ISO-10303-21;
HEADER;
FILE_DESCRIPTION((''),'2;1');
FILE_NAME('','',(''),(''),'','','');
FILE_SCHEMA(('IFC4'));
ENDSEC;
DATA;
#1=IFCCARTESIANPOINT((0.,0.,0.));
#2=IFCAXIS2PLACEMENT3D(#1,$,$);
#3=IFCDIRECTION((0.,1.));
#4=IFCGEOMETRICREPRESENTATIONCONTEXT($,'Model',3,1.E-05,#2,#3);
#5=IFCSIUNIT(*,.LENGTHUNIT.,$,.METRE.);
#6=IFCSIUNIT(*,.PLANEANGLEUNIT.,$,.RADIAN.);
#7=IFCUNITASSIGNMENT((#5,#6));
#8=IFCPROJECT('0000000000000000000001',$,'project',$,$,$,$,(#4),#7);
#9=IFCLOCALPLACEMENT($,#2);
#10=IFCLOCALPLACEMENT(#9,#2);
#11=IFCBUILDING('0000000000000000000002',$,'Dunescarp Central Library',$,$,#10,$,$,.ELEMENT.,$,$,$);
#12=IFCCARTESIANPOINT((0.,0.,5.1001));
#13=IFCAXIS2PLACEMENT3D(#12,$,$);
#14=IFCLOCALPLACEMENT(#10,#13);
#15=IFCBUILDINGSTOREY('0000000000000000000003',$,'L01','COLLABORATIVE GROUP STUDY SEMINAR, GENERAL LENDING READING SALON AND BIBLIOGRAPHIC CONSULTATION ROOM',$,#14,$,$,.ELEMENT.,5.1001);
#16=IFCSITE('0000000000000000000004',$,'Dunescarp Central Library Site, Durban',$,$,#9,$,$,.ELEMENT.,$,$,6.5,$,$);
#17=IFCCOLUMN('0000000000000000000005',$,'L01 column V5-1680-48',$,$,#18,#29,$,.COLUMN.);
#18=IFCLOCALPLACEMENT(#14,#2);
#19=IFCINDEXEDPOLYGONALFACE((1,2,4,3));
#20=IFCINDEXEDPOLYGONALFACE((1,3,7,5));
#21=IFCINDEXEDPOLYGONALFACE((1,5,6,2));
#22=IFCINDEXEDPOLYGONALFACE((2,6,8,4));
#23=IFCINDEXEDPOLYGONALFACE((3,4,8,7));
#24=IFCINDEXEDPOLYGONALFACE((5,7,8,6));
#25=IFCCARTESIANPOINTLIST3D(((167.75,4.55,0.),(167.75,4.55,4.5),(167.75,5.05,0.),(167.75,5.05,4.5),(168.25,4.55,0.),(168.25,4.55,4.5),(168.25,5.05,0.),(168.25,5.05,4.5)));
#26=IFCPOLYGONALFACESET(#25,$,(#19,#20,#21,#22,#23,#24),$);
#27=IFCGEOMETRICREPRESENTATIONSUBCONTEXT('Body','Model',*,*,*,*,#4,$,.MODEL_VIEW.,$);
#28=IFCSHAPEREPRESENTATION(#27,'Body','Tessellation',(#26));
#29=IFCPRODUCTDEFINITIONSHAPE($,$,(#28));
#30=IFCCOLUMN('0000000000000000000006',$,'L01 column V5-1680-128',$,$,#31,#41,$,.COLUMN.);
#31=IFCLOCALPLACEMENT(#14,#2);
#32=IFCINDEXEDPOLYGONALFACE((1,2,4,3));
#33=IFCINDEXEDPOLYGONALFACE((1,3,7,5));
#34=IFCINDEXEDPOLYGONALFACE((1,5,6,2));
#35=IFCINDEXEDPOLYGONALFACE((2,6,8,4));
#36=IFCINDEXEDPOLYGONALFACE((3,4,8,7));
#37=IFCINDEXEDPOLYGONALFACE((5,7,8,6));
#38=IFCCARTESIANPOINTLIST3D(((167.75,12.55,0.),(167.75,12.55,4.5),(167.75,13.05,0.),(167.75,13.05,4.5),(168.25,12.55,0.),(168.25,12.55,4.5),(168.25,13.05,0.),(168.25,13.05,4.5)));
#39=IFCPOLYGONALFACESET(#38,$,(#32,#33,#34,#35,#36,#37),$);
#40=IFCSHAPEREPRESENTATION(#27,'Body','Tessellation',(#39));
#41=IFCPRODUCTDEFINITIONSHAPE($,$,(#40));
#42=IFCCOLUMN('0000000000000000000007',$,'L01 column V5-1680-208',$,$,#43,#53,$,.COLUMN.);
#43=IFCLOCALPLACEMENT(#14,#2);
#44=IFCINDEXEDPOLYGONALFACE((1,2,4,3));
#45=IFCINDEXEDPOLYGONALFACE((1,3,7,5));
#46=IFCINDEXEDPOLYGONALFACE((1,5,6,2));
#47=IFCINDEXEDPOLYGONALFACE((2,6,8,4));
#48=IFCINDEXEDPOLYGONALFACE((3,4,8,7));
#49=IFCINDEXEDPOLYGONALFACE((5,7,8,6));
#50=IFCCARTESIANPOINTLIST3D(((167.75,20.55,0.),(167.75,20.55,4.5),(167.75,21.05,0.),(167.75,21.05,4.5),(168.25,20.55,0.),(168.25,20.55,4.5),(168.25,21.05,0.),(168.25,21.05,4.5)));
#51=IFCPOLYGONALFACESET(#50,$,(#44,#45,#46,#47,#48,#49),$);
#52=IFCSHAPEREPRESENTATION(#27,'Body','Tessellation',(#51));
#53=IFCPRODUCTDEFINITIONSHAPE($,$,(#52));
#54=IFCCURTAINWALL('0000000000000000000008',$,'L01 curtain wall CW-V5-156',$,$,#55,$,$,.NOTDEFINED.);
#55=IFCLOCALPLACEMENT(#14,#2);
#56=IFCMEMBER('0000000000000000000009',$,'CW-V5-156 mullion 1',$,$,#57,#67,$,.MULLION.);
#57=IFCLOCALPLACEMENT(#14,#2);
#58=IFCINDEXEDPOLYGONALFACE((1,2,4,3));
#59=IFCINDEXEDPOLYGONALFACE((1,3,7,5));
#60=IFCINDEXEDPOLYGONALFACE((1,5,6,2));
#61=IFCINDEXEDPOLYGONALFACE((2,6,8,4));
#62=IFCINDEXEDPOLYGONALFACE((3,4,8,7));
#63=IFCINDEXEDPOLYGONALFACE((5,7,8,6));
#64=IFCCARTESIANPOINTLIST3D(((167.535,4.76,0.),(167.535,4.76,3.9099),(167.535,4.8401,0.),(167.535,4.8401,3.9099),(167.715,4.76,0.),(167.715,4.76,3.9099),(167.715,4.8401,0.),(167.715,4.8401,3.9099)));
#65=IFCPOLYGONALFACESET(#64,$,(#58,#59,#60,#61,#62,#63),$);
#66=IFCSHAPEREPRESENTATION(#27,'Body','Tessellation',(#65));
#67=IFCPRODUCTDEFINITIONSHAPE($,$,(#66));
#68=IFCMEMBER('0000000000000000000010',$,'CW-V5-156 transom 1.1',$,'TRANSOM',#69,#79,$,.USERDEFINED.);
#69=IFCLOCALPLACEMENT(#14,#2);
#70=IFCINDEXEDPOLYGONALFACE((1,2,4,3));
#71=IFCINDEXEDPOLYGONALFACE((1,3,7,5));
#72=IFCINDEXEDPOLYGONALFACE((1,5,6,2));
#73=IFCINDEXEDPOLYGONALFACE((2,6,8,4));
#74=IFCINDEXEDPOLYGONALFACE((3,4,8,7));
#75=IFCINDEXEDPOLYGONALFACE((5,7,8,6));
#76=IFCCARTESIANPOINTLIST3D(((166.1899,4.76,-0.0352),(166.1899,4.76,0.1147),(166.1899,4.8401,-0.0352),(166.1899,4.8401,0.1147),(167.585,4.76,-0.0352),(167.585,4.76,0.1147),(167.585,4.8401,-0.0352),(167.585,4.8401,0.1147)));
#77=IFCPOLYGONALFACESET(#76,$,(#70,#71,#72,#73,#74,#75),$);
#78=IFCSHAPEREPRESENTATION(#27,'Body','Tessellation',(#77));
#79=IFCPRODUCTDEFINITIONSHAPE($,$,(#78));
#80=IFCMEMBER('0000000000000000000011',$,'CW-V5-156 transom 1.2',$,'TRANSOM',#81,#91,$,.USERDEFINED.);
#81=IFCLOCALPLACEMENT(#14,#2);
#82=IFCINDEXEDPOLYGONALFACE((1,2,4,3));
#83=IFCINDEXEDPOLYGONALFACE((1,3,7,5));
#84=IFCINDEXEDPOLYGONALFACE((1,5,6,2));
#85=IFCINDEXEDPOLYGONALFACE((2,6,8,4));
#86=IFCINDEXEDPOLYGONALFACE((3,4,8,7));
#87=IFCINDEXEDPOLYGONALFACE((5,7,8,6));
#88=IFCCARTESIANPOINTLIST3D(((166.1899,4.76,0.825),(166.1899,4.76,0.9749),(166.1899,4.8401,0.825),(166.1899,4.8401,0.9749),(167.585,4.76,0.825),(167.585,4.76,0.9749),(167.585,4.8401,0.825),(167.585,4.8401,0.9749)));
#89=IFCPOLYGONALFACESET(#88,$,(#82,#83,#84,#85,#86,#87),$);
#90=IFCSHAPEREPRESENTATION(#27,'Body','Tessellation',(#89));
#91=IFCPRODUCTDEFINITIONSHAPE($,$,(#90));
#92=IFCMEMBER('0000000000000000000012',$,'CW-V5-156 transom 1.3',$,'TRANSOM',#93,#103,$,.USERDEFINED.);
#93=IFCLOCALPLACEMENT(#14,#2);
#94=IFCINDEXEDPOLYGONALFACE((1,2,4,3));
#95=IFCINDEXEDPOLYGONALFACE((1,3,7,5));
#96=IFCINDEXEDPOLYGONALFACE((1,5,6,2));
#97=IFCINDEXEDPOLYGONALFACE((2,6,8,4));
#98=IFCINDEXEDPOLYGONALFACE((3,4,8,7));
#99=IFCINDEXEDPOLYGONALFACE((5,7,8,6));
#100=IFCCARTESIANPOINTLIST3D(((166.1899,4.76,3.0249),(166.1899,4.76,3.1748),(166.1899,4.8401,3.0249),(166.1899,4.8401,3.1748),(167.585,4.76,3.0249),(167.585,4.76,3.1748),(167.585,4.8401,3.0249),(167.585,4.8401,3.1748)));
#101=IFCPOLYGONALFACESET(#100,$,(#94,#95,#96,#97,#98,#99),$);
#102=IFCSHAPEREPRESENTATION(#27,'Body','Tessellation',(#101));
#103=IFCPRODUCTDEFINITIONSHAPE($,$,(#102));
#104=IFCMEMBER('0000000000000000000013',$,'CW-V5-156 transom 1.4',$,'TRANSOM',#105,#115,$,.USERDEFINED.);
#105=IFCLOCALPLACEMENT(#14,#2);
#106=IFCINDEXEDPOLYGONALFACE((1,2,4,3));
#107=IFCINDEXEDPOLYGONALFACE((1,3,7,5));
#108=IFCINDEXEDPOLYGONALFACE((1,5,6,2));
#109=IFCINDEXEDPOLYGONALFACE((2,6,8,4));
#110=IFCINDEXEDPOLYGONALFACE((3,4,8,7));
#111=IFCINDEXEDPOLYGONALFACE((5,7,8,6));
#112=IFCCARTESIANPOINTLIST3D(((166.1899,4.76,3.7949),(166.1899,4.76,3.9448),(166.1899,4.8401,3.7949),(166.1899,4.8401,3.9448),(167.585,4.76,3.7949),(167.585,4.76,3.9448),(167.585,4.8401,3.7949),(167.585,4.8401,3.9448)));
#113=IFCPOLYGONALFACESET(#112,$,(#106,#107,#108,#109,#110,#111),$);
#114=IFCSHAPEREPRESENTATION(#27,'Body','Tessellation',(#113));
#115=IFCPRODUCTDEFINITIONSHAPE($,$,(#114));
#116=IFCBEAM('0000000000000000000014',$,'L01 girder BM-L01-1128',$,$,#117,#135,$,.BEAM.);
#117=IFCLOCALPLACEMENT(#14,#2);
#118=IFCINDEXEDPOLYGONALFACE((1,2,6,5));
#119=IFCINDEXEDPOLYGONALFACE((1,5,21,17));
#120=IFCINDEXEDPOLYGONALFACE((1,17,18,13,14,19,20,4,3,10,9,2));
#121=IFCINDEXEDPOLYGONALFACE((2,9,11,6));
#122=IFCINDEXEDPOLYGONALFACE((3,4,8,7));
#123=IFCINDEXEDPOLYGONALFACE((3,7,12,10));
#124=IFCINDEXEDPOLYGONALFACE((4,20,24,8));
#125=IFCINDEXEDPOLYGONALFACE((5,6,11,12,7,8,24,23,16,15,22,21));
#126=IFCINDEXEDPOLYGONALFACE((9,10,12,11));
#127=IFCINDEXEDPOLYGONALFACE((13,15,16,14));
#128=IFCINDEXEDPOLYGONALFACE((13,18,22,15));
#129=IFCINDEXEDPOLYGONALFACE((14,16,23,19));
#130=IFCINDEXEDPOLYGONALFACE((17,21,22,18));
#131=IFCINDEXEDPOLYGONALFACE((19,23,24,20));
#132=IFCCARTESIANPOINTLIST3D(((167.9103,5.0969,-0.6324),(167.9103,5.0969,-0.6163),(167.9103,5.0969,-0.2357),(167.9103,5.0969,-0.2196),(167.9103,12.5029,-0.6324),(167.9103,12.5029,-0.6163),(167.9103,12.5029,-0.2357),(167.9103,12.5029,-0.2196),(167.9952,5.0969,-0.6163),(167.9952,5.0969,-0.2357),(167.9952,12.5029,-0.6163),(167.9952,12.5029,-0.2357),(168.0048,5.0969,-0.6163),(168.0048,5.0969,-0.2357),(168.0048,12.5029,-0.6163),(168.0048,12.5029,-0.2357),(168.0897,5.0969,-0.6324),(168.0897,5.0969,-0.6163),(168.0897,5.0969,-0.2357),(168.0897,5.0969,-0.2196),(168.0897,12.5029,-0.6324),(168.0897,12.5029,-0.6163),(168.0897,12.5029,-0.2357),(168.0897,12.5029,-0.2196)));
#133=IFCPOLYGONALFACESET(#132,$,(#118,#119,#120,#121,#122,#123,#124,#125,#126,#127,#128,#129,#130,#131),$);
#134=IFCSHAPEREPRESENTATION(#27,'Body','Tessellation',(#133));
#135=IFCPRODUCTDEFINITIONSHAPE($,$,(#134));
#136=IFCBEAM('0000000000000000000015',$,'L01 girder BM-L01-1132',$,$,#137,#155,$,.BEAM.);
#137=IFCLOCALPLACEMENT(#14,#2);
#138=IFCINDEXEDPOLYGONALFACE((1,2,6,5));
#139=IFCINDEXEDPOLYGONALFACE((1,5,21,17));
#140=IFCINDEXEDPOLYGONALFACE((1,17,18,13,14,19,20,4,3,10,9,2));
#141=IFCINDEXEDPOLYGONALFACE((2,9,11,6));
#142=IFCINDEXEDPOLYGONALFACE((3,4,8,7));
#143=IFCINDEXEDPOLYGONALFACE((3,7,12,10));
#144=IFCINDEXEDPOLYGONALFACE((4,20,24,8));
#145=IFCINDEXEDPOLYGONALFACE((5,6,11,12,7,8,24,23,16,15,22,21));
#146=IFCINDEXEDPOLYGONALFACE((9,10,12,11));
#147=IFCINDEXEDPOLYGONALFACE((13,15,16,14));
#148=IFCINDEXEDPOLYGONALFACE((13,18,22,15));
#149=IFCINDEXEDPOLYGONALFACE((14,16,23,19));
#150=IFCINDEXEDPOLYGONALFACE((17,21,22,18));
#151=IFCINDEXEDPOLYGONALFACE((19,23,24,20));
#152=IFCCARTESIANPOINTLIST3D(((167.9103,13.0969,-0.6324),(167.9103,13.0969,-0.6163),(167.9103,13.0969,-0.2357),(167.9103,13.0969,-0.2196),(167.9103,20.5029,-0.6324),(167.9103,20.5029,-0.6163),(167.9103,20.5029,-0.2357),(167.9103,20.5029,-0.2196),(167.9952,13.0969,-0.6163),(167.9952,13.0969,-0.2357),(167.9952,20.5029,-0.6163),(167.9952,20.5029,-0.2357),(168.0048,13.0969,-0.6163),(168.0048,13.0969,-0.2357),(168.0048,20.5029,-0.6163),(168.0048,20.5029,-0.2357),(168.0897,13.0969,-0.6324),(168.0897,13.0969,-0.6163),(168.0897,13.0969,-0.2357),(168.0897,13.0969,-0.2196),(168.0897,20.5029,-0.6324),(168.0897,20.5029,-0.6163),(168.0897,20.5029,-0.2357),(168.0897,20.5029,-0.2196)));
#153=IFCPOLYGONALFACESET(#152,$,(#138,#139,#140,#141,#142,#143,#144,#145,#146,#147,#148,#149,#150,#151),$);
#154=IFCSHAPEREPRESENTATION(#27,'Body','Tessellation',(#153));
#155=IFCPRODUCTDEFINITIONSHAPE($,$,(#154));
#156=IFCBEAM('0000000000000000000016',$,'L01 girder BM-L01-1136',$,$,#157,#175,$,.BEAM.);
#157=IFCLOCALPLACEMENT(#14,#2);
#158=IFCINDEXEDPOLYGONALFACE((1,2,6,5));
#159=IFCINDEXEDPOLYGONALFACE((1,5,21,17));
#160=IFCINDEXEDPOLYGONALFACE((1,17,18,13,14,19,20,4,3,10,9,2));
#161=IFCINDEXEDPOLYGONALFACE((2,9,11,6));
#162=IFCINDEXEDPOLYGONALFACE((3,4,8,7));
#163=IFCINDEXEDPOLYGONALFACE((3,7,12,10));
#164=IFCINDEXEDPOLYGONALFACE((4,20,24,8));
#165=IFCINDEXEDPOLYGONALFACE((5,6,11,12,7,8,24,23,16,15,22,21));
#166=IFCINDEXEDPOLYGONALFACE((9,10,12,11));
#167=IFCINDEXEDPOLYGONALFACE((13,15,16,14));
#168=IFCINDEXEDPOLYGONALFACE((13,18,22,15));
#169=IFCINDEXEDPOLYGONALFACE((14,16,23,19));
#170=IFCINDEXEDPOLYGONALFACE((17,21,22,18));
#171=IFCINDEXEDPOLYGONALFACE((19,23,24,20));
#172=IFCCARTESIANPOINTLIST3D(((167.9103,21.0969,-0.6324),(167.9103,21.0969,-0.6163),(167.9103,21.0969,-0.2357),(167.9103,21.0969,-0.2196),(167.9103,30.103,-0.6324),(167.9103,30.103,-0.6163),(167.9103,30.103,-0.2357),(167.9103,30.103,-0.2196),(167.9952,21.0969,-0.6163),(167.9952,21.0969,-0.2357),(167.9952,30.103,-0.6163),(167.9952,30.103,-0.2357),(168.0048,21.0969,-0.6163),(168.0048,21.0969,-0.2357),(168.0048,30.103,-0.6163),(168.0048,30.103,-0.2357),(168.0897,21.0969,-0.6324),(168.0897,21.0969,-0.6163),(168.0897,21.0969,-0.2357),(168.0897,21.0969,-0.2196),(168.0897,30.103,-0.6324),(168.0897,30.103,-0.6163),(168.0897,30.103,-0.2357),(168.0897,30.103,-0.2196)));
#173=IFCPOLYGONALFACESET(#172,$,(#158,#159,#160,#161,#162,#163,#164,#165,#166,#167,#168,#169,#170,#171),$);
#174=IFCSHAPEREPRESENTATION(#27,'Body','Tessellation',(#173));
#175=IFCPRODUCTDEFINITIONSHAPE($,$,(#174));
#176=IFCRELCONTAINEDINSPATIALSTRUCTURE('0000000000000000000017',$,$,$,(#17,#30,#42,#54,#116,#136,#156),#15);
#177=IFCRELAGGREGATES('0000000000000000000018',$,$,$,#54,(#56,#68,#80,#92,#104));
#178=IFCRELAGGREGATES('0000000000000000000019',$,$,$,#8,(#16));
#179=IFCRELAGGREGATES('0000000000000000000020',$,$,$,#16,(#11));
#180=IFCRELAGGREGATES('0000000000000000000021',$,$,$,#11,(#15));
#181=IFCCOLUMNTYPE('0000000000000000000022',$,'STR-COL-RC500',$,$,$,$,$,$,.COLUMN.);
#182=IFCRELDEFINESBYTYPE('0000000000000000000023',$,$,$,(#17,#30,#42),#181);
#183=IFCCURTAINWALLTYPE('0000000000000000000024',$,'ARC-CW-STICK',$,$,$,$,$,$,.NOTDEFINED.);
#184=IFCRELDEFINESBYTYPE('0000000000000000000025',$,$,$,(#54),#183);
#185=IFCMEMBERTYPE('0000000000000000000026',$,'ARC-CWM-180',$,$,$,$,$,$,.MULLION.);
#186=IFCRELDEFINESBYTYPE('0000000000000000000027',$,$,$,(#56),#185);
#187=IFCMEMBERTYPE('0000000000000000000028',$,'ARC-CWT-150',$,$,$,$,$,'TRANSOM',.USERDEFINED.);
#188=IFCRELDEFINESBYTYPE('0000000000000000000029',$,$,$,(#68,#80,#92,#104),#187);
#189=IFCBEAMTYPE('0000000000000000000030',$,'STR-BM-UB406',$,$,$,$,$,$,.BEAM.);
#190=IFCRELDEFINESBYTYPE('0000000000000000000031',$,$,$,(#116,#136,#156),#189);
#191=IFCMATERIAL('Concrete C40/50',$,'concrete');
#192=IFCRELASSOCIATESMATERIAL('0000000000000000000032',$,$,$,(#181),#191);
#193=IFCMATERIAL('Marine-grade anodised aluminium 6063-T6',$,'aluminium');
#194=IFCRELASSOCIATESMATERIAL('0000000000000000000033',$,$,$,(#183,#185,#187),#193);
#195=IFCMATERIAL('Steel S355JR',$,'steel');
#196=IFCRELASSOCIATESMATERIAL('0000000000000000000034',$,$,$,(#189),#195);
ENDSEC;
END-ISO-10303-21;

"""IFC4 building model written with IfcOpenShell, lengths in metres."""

from ifc_helpers import new_model, si_unit, direction, frame, origin, origin_2d, place, context, subcontext, project, spatial, rectangle, i_section, extrude, material, material_profile, profile_set, type_object, element, aggregate, save


model = new_model("IFC4")

# Units and contexts
model_context = context("Model", 3, precision=1e-05, world=origin(), true_north=direction((0.0, 1.0)))
body_context = subcontext(model_context, "Body", "Model", "MODEL_VIEW")
ifc_project = project(units=[si_unit("LENGTHUNIT", "METRE"), si_unit("PLANEANGLEUNIT", "RADIAN")], contexts=[model_context])

# Site, building, storey
site_placement = place(None, origin())
site = spatial("IfcSite", under=ifc_project, at=site_placement, Name="Dunescarp Central Library Site, Durban", CompositionType="ELEMENT", RefElevation=6.5)
building_placement = place(site_placement, origin())
building = spatial("IfcBuilding", under=site, at=building_placement, Name="Dunescarp Central Library", CompositionType="ELEMENT")
storey_placement = place(building_placement, frame((0.0, 0.0, 5.1001)))
storey = spatial("IfcBuildingStorey", under=building, at=storey_placement, Name="L01", Description="COLLABORATIVE GROUP STUDY SEMINAR, GENERAL LENDING READING SALON AND BIBLIOGRAPHIC CONSULTATION ROOM", CompositionType="ELEMENT", Elevation=5.1001)

# Columns
ifc_material_1 = material(Name="Concrete C40/50", Category="concrete")
ifc_material_profile_1 = material_profile(ifc_material_1, rectangle(XDim=0.5, YDim=0.5, at=origin_2d()), Name="RC 500x500")
ifc_profile_set_1 = profile_set([ifc_material_profile_1], Name="Concrete C40/50")
column_type = type_object("IfcColumnType", Name="STR-COL-RC500", PredefinedType="COLUMN", material=ifc_profile_set_1)
for number, where, z_axis, x_axis, name in (
    (1, (168.0, 4.8, 0.0), (0.0, 0.0, 1.0), (1.0, 0.0, 0.0), "L01 column V5-1680-48"),
    (2, (168.0, 12.8, 0.0), (0.0, 0.0, 1.0), (1.0, 0.0, 0.0), "L01 column V5-1680-128"),
    (3, (168.0, 20.8, 0.0), (0.0, 0.0, 1.0), (1.0, 0.0, 0.0), "L01 column V5-1680-208"),
):
    element("IfcColumn", number, at=place(storey_placement, frame(where, z_axis=z_axis, x_axis=x_axis)), inside=storey, type_object=column_type, Name=name, PredefinedType="COLUMN", context=body_context, shape_type="SweptSolid", body=[
        extrude(rectangle(XDim=0.5, YDim=0.5, at=origin_2d()), origin(), (0.0, 0.0, 1.0), 4.5),
    ])

# Curtain wall, members
ifc_material_2 = material(Name="Marine-grade anodised aluminium 6063-T6", Category="aluminium")
curtain_wall_type = type_object("IfcCurtainWallType", Name="ARC-CW-STICK", PredefinedType="NOTDEFINED", material=ifc_material_2)
curtain_wall_placement = place(storey_placement, origin())
curtain_wall = element("IfcCurtainWall", 4, at=curtain_wall_placement, inside=storey, type_object=curtain_wall_type, Name="L01 curtain wall CW-V5-156", PredefinedType="NOTDEFINED")
ifc_material_profile_2 = material_profile(ifc_material_2, rectangle(XDim=0.0801, YDim=0.1799, at=origin_2d()), Name="AL 80x180")
ifc_profile_set_2 = profile_set([ifc_material_profile_2], Name="Marine-grade anodised aluminium 6063-T6")
member_type_1 = type_object("IfcMemberType", Name="ARC-CWM-180", PredefinedType="MULLION", material=ifc_profile_set_2)
member_1_placement = place(storey_placement, frame((167.625, 4.8, 0.0), z_axis=(0.0, 0.0, 1.0), x_axis=(0.0, -1.0, 0.0)))
member_1 = element("IfcMember", 5, at=member_1_placement, type_object=member_type_1, Name="CW-V5-156 mullion 1", PredefinedType="MULLION", context=body_context, shape_type="SweptSolid", body=[
    extrude(rectangle(XDim=0.0801, YDim=0.1799, at=origin_2d()), origin(), (0.0, 0.0, 1.0), 3.9099),
])
ifc_material_profile_3 = material_profile(ifc_material_2, rectangle(XDim=0.0801, YDim=0.1499, at=origin_2d()), Name="AL 80x150")
ifc_profile_set_3 = profile_set([ifc_material_profile_3], Name="Marine-grade anodised aluminium 6063-T6")
member_type_2 = type_object("IfcMemberType", Name="ARC-CWT-150", ElementType="TRANSOM", PredefinedType="USERDEFINED", material=ifc_profile_set_3)
member_2_placement = place(storey_placement, frame((167.585, 4.8, 0.0398), z_axis=(-1.0, 0.0, 0.0), x_axis=(0.0, -1.0, 0.0)))
member_2 = element("IfcMember", 6, at=member_2_placement, type_object=member_type_2, Name="CW-V5-156 transom 1.1", ObjectType="TRANSOM", PredefinedType="USERDEFINED", context=body_context, shape_type="SweptSolid", body=[
    extrude(rectangle(XDim=0.0801, YDim=0.1499, at=origin_2d()), origin(), (0.0, 0.0, 1.0), 1.395),
])
member_3_placement = place(storey_placement, frame((167.585, 4.8, 0.8999), z_axis=(-1.0, 0.0, 0.0), x_axis=(0.0, -1.0, 0.0)))
member_3 = element("IfcMember", 7, at=member_3_placement, type_object=member_type_2, Name="CW-V5-156 transom 1.2", ObjectType="TRANSOM", PredefinedType="USERDEFINED", context=body_context, shape_type="SweptSolid", body=[
    extrude(rectangle(XDim=0.0801, YDim=0.1499, at=origin_2d()), origin(), (0.0, 0.0, 1.0), 1.395),
])
member_4_placement = place(storey_placement, frame((167.585, 4.8, 3.0999), z_axis=(-1.0, 0.0, 0.0), x_axis=(0.0, -1.0, 0.0)))
member_4 = element("IfcMember", 8, at=member_4_placement, type_object=member_type_2, Name="CW-V5-156 transom 1.3", ObjectType="TRANSOM", PredefinedType="USERDEFINED", context=body_context, shape_type="SweptSolid", body=[
    extrude(rectangle(XDim=0.0801, YDim=0.1499, at=origin_2d()), origin(), (0.0, 0.0, 1.0), 1.395),
])
member_5_placement = place(storey_placement, frame((167.585, 4.8, 3.8699), z_axis=(-1.0, 0.0, 0.0), x_axis=(0.0, -1.0, 0.0)))
member_5 = element("IfcMember", 9, at=member_5_placement, type_object=member_type_2, Name="CW-V5-156 transom 1.4", ObjectType="TRANSOM", PredefinedType="USERDEFINED", context=body_context, shape_type="SweptSolid", body=[
    extrude(rectangle(XDim=0.0801, YDim=0.1499, at=origin_2d()), origin(), (0.0, 0.0, 1.0), 1.395),
])

# Beams
ifc_material_3 = material(Name="Steel S355JR", Category="steel")
ifc_material_profile_4 = material_profile(ifc_material_3, i_section(OverallWidth=0.1794, OverallDepth=0.4128, WebThickness=0.0095, FlangeThickness=0.0161, at=origin_2d()), Name="UB 406x178x74")
ifc_profile_set_4 = profile_set([ifc_material_profile_4], Name="Steel S355JR")
beam_type_1 = type_object("IfcBeamType", Name="STR-BM-UB406", PredefinedType="BEAM", material=ifc_profile_set_4)
for number, where, z_axis, x_axis, name in (
    (10, (168.0, 5.0969, -0.426), (0.0, 1.0, 0.0), (-1.0, 0.0, 0.0), "L01 girder BM-L01-1128"),
    (11, (168.0, 13.0969, -0.426), (0.0, 1.0, 0.0), (-1.0, 0.0, 0.0), "L01 girder BM-L01-1132"),
):
    element("IfcBeam", number, at=place(storey_placement, frame(where, z_axis=z_axis, x_axis=x_axis)), inside=storey, type_object=beam_type_1, Name=name, PredefinedType="BEAM", context=body_context, shape_type="SweptSolid", body=[
        extrude(i_section(OverallWidth=0.1794, OverallDepth=0.4128, WebThickness=0.0095, FlangeThickness=0.0161, at=origin_2d()), origin(), (0.0, 0.0, 1.0), 7.406),
    ])
beam_placement = place(storey_placement, frame((168.0, 21.0969, -0.426), z_axis=(0.0, 1.0, 0.0), x_axis=(-1.0, 0.0, 0.0)))
element("IfcBeam", 12, at=beam_placement, inside=storey, type_object=beam_type_1, Name="L01 girder BM-L01-1136", PredefinedType="BEAM", context=body_context, shape_type="SweptSolid", body=[
    extrude(i_section(OverallWidth=0.1794, OverallDepth=0.4128, WebThickness=0.0095, FlangeThickness=0.0161, at=origin_2d()), origin(), (0.0, 0.0, 1.0), 9.0061),
])

aggregate(curtain_wall, [member_1, member_2, member_3, member_4, member_5])

save(model, "model.ifc")
